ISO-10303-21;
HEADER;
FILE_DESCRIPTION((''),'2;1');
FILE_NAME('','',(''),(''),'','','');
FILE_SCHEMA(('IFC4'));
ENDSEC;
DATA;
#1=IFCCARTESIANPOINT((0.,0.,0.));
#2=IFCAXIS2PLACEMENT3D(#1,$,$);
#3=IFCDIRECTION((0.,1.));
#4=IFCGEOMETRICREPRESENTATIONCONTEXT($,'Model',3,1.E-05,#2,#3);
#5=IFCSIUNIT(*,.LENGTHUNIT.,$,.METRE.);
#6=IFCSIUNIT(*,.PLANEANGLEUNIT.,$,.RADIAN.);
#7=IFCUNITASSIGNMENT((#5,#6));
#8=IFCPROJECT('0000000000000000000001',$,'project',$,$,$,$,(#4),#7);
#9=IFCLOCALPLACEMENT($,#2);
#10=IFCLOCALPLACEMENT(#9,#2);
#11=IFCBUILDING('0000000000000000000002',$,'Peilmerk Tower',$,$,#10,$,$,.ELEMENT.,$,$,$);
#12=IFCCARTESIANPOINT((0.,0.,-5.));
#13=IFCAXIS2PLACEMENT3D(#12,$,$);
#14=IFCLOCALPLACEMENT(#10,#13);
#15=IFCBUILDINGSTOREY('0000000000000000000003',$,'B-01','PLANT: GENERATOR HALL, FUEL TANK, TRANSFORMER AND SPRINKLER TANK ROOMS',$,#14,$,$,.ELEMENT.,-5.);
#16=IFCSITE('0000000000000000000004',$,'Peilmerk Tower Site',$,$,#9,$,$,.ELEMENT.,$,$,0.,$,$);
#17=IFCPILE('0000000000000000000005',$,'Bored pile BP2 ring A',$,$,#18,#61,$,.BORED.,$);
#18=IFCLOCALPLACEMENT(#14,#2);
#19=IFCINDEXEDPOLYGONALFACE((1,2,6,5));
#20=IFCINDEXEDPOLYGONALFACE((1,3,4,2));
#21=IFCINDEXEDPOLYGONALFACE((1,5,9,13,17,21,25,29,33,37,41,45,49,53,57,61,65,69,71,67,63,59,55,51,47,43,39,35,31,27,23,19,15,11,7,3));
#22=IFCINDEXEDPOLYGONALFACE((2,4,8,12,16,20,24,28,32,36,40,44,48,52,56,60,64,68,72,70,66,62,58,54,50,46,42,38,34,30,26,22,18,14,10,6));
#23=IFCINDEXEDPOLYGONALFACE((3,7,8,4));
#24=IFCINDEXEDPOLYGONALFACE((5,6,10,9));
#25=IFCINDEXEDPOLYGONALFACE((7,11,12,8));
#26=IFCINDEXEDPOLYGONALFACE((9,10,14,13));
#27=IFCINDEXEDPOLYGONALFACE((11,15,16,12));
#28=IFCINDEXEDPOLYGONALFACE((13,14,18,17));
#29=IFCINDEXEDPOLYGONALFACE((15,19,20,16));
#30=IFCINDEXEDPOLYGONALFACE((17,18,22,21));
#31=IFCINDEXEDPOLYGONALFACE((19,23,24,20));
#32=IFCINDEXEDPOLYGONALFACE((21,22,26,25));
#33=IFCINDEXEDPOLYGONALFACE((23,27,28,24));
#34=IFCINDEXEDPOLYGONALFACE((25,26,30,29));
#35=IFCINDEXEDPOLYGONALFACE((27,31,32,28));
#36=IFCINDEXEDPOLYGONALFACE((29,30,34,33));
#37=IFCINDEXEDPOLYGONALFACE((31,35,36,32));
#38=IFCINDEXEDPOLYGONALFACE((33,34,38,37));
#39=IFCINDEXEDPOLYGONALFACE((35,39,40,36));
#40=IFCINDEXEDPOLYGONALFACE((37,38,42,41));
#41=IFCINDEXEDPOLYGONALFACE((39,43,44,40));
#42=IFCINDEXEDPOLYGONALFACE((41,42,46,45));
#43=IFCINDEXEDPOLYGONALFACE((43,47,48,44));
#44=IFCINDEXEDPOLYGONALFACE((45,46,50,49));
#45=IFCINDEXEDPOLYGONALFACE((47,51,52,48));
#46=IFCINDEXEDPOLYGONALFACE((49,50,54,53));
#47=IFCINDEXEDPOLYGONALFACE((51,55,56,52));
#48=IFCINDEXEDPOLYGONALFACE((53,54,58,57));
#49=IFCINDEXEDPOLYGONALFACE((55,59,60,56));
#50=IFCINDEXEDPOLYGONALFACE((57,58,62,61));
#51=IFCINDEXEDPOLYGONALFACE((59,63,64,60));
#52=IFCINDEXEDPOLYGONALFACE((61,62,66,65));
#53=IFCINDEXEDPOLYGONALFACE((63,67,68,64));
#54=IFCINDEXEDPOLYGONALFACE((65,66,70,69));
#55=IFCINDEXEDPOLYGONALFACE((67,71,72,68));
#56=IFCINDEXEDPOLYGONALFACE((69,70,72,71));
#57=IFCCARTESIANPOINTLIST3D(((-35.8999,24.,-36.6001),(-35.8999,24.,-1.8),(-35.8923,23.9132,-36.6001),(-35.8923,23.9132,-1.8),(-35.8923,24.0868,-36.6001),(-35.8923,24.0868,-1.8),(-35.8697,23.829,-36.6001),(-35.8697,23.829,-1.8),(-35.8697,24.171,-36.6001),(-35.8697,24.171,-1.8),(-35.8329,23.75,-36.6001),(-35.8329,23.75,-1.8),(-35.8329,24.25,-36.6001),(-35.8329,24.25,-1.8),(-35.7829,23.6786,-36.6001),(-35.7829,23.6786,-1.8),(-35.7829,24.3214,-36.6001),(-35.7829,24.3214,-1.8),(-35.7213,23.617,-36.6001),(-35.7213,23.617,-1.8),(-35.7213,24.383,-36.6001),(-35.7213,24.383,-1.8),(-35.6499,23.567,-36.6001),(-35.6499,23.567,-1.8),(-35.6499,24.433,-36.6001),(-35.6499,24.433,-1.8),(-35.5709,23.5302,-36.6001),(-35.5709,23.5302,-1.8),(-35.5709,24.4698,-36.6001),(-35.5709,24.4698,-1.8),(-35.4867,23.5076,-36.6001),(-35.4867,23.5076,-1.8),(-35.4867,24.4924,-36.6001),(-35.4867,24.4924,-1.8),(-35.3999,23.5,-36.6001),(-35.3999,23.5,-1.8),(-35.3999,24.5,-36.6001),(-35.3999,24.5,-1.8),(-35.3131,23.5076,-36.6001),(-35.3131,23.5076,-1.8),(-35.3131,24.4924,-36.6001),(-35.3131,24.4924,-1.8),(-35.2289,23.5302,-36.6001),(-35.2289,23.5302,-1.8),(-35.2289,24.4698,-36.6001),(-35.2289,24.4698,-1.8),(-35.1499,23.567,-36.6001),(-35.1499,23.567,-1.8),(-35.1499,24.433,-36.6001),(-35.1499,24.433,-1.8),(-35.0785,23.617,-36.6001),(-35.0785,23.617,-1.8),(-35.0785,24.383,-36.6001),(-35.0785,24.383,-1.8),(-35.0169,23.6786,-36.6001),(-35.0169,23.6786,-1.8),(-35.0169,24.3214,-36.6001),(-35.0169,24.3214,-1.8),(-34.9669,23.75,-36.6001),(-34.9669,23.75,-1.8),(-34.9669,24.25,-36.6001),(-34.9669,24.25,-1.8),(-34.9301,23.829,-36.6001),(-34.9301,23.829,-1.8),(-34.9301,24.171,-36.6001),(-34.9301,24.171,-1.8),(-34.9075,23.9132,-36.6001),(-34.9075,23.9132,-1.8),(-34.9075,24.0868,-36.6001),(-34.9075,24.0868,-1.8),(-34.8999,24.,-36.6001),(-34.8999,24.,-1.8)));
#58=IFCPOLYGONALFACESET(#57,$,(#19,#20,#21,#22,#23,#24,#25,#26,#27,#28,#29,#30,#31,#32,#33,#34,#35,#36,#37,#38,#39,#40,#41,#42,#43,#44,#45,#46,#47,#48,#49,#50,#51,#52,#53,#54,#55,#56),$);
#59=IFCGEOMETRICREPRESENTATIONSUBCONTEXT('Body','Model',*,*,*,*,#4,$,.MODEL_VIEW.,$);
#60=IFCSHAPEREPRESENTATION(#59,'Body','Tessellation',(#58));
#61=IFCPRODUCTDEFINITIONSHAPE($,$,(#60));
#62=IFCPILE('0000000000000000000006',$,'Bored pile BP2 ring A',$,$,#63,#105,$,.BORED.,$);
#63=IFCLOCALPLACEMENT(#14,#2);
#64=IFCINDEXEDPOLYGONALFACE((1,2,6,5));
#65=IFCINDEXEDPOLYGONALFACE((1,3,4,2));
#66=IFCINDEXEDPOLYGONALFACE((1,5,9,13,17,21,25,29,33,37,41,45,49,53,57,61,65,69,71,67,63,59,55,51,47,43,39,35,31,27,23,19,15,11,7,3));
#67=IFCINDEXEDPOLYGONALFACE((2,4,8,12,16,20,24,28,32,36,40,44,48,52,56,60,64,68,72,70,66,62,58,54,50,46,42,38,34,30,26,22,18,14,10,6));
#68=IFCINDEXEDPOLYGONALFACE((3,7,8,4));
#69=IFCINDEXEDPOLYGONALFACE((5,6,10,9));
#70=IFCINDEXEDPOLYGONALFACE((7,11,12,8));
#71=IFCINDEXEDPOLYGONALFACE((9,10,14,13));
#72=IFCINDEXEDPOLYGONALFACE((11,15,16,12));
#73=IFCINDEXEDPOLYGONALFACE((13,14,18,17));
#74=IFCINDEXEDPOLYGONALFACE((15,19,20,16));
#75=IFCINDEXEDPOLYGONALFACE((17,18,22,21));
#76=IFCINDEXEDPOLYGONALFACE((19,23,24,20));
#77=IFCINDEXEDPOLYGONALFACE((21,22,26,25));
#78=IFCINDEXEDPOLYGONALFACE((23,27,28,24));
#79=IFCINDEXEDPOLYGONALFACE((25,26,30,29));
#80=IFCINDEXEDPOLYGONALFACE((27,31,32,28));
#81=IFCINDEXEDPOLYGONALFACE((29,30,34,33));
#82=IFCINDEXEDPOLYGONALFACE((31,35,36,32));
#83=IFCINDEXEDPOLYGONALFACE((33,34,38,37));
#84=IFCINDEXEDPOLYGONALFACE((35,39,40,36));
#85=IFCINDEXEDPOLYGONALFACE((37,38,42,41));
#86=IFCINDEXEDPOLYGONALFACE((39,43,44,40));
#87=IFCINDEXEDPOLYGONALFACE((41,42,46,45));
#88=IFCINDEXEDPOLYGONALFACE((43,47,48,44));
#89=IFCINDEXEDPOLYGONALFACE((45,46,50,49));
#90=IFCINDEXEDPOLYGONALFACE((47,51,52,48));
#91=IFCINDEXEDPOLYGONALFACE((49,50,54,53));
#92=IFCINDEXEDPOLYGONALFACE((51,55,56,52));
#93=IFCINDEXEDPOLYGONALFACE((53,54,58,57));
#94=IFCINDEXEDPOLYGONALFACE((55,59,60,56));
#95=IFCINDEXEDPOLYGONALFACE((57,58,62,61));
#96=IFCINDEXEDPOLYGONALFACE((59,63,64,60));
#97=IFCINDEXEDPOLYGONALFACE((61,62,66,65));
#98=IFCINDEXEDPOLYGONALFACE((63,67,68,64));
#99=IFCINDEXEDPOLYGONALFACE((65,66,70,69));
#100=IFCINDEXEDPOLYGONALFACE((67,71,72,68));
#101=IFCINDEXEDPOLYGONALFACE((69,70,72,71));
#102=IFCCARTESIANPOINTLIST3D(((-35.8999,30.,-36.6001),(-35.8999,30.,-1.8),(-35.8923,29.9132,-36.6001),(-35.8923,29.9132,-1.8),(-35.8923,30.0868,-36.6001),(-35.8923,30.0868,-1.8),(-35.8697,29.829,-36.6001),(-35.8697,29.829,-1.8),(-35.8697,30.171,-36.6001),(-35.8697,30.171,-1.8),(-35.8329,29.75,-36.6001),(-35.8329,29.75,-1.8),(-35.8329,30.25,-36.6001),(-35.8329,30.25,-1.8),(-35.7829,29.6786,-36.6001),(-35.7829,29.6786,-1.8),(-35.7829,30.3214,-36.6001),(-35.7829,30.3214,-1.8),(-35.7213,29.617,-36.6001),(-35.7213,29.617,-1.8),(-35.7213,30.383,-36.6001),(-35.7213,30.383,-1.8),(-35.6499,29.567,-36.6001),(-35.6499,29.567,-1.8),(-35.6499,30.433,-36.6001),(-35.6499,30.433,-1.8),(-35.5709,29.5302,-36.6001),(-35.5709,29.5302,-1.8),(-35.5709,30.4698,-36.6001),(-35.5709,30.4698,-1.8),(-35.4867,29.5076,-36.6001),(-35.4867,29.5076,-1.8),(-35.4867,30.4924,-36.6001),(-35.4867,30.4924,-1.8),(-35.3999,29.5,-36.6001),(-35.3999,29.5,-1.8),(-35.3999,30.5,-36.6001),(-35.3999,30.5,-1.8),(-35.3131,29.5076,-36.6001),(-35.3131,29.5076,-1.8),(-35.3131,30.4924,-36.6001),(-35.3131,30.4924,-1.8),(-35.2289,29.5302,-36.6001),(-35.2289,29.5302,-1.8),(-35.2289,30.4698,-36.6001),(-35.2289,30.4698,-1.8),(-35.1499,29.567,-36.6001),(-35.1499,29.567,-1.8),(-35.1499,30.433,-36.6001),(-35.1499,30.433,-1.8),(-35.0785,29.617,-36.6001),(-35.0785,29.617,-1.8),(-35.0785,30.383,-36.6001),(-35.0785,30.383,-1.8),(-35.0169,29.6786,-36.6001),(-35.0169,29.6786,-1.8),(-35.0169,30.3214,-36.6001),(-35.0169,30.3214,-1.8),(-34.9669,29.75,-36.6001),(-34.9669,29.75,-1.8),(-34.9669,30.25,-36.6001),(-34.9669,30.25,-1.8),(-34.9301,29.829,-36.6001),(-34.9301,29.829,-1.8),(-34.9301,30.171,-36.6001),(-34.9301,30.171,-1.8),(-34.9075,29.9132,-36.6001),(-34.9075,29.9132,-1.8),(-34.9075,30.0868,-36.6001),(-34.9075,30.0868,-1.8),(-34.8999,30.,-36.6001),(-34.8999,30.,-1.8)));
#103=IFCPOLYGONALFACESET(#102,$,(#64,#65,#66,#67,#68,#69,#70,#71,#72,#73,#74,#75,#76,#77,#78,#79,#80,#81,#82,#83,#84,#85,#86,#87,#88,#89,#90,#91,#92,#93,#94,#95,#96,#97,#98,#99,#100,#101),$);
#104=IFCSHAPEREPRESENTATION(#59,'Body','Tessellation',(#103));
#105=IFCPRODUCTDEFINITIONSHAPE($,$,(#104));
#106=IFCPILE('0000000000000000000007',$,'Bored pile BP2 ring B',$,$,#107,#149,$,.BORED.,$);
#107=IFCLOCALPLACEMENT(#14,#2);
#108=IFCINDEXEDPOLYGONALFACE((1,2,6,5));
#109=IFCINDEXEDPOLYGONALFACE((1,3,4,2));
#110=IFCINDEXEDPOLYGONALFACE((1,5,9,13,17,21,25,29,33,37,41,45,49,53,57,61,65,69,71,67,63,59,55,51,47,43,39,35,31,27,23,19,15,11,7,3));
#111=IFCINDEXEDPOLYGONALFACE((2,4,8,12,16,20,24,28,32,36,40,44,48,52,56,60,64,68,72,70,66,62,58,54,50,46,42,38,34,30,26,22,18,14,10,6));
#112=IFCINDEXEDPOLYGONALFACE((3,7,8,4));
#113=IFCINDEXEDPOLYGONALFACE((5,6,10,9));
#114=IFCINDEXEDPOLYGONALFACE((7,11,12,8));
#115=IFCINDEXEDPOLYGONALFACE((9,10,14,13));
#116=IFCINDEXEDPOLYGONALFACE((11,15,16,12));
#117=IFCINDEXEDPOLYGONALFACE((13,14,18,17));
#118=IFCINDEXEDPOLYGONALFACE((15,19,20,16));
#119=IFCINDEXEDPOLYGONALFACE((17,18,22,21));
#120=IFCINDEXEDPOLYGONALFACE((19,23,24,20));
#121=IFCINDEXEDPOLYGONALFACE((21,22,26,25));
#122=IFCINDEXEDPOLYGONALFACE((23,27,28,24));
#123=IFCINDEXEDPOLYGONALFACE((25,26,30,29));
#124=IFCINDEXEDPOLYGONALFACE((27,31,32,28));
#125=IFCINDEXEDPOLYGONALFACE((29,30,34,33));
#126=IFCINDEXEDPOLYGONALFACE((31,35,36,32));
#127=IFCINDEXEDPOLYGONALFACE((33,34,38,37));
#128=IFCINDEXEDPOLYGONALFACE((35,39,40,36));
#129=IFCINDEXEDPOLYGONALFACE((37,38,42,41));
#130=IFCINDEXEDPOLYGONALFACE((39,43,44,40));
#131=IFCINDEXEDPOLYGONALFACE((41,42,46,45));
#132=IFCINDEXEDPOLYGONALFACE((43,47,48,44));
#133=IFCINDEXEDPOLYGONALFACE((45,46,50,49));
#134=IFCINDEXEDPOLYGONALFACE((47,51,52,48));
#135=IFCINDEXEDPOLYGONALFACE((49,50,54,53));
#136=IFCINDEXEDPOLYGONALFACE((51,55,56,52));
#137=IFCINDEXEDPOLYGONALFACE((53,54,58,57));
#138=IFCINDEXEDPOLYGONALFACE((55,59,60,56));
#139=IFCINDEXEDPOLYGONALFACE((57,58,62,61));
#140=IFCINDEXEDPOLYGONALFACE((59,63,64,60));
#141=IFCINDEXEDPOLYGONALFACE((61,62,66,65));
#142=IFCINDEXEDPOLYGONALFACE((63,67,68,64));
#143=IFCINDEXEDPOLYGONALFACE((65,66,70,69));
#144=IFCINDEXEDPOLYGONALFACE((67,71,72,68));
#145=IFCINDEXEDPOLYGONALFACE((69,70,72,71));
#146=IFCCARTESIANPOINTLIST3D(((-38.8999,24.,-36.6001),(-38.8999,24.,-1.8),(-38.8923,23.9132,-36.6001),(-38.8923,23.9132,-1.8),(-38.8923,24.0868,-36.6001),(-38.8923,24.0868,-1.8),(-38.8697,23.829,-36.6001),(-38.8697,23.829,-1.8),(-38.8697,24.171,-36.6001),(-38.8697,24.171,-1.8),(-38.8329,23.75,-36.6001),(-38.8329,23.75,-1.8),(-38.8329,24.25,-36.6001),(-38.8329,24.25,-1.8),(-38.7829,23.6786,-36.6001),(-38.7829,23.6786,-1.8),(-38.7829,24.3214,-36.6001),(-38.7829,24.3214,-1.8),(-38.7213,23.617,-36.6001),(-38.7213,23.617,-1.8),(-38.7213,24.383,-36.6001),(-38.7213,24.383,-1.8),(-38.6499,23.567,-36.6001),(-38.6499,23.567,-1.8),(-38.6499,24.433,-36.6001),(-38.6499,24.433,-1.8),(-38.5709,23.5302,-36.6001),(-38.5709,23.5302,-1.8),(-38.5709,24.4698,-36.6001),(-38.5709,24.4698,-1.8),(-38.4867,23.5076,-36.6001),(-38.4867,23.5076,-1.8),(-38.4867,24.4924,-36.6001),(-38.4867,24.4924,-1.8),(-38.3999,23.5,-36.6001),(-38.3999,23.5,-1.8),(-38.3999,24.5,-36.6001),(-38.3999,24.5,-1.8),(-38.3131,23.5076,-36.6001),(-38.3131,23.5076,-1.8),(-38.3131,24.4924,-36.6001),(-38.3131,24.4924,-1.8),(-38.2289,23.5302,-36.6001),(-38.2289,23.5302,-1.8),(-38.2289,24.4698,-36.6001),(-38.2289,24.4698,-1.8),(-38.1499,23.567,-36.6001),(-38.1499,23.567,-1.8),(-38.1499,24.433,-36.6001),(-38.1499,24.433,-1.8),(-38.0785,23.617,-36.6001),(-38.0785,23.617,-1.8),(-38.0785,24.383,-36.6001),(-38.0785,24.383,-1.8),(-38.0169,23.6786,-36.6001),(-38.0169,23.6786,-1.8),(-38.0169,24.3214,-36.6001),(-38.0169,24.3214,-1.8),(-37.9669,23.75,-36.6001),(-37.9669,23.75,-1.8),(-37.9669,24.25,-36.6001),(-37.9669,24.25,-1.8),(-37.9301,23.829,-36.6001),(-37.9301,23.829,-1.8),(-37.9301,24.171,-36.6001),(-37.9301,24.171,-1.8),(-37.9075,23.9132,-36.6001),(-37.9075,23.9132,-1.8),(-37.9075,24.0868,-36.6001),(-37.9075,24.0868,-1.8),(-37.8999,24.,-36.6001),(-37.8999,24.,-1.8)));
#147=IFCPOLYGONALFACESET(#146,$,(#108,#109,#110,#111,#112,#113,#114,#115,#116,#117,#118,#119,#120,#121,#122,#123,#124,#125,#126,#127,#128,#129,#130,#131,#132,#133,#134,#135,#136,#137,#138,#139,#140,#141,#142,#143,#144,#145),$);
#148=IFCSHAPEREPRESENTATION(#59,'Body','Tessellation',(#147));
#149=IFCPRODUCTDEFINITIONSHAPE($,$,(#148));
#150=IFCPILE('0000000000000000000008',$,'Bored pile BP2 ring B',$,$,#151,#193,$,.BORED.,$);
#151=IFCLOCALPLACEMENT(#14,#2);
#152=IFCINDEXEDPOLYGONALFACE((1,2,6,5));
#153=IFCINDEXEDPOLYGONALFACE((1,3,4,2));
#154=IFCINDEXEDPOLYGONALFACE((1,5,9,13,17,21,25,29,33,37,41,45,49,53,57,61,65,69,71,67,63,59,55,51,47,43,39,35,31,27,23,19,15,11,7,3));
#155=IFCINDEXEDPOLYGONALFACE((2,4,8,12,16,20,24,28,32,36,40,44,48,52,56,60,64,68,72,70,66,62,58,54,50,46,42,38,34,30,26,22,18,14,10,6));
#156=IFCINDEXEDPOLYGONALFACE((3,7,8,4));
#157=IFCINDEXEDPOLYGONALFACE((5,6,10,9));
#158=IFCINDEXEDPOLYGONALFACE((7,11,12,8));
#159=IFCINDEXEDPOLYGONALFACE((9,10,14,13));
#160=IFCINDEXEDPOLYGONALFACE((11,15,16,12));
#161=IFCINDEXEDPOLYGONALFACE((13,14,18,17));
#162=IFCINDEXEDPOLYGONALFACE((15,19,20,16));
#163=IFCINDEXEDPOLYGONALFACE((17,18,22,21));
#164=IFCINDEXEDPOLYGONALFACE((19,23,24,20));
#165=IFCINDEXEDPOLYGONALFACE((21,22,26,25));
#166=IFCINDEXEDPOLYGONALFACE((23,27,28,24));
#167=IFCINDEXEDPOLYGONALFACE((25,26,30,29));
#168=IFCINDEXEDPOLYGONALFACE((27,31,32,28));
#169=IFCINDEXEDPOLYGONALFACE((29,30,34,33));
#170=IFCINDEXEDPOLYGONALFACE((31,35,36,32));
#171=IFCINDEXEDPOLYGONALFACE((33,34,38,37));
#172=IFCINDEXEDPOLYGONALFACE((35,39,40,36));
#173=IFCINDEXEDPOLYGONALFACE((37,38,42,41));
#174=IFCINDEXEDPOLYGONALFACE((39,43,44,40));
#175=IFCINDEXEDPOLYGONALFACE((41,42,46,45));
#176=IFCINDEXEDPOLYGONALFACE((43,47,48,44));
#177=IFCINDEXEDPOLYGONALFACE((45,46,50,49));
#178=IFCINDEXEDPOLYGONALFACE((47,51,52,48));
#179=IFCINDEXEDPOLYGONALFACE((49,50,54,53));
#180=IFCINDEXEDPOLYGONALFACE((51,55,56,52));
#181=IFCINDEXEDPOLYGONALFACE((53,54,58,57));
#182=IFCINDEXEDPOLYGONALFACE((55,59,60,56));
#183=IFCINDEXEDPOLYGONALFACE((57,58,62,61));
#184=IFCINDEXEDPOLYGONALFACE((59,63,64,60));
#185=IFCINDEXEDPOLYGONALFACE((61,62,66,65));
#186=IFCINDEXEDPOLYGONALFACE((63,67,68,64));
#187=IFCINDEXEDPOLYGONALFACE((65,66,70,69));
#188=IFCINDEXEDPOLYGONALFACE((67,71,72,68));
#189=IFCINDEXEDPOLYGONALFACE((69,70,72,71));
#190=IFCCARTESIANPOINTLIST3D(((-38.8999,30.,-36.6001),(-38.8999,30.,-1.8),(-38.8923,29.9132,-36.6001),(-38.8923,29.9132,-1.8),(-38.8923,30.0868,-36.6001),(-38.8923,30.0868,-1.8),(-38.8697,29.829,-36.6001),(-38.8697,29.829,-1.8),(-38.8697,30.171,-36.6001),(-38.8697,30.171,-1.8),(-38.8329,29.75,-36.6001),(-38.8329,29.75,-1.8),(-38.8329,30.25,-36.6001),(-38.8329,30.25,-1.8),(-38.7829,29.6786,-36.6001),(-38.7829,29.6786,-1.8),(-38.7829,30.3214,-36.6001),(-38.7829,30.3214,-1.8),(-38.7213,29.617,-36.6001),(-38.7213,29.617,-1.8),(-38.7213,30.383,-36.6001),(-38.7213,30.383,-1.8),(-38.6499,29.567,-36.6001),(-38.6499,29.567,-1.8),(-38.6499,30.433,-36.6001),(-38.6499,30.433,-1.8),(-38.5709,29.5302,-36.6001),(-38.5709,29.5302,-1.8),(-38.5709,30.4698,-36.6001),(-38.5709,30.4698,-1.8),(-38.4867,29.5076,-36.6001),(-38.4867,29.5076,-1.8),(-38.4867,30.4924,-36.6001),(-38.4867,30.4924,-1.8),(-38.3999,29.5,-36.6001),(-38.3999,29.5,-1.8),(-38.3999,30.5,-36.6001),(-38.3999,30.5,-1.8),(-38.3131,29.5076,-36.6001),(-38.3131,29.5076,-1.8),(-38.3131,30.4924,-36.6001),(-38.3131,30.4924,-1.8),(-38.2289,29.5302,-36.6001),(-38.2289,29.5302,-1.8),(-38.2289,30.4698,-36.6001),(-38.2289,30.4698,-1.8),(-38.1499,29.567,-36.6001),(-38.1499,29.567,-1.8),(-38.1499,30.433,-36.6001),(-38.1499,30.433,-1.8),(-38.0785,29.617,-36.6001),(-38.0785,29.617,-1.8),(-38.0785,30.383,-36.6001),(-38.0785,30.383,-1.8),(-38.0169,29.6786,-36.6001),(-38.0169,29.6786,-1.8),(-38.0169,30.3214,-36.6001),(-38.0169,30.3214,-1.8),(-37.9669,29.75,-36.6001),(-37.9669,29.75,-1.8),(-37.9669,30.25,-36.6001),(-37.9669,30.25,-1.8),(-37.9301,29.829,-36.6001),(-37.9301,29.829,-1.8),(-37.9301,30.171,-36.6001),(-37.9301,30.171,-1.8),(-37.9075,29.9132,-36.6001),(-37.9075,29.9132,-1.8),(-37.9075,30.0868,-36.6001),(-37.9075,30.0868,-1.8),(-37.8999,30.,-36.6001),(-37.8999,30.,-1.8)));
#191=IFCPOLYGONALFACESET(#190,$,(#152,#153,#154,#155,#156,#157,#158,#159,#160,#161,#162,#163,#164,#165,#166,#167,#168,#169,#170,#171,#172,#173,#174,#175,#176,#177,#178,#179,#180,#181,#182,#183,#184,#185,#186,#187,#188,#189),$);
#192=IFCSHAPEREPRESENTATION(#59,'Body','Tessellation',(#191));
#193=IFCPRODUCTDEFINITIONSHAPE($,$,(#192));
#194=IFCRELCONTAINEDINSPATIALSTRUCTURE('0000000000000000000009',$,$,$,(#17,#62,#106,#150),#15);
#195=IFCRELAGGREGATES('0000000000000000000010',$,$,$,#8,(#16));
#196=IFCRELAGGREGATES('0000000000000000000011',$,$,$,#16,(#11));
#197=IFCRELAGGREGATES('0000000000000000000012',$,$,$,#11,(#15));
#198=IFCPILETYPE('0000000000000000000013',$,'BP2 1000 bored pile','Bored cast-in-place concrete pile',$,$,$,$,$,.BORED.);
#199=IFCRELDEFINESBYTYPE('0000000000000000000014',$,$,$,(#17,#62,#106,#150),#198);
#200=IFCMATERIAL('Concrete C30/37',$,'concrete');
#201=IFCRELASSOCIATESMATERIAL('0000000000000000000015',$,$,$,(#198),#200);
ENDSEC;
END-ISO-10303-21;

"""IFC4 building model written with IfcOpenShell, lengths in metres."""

from ifc_helpers import new_model, si_unit, direction, frame, origin, origin_2d, place, context, subcontext, project, spatial, circle, extrude, material, material_profile, profile_set, type_object, element, save


model = new_model("IFC4")

# Units and contexts
model_context = context("Model", 3, precision=1e-05, world=origin(), true_north=direction((0.0, 1.0)))
body_context = subcontext(model_context, "Body", "Model", "MODEL_VIEW")
ifc_project = project(units=[si_unit("LENGTHUNIT", "METRE"), si_unit("PLANEANGLEUNIT", "RADIAN")], contexts=[model_context])

# Site, building, storey
site_placement = place(None, origin())
site = spatial("IfcSite", under=ifc_project, at=site_placement, Name="Peilmerk Tower Site", CompositionType="ELEMENT", RefElevation=0.0)
building_placement = place(site_placement, origin())
building = spatial("IfcBuilding", under=site, at=building_placement, Name="Peilmerk Tower", CompositionType="ELEMENT")
storey_placement = place(building_placement, frame((0.0, 0.0, -5.0)))
storey = spatial("IfcBuildingStorey", under=building, at=storey_placement, Name="B-01", Description="PLANT: GENERATOR HALL, FUEL TANK, TRANSFORMER AND SPRINKLER TANK ROOMS", CompositionType="ELEMENT", Elevation=-5.0)

# Piles
ifc_material_1 = material(Name="Concrete C30/37", Category="concrete")
ifc_material_profile_1 = material_profile(ifc_material_1, circle(Radius=0.5, at=origin_2d()), Name="BP 1000")
ifc_profile_set_1 = profile_set([ifc_material_profile_1], Name="Concrete C30/37")
pile_type = type_object("IfcPileType", Name="BP2 1000 bored pile", Description="Bored cast-in-place concrete pile", PredefinedType="BORED", material=ifc_profile_set_1)
for number, where, z_axis, x_axis, name in (
    (1, (-35.3999, 24.0, -1.8), (0.0, 0.0, -1.0), (1.0, 0.0, 0.0), "Bored pile BP2 ring A"),
    (2, (-35.3999, 30.0, -1.8), (0.0, 0.0, -1.0), (1.0, 0.0, 0.0), "Bored pile BP2 ring A"),
    (3, (-38.3999, 24.0, -1.8), (0.0, 0.0, -1.0), (1.0, 0.0, 0.0), "Bored pile BP2 ring B"),
    (4, (-38.3999, 30.0, -1.8), (0.0, 0.0, -1.0), (1.0, 0.0, 0.0), "Bored pile BP2 ring B"),
):
    element("IfcPile", number, at=place(storey_placement, frame(where, z_axis=z_axis, x_axis=x_axis)), inside=storey, type_object=pile_type, Name=name, PredefinedType="BORED", context=body_context, shape_type="SweptSolid", body=[
        extrude(circle(Radius=0.5, at=origin_2d()), origin(), (0.0, 0.0, 1.0), 34.8),
    ])

save(model, "model.ifc")
